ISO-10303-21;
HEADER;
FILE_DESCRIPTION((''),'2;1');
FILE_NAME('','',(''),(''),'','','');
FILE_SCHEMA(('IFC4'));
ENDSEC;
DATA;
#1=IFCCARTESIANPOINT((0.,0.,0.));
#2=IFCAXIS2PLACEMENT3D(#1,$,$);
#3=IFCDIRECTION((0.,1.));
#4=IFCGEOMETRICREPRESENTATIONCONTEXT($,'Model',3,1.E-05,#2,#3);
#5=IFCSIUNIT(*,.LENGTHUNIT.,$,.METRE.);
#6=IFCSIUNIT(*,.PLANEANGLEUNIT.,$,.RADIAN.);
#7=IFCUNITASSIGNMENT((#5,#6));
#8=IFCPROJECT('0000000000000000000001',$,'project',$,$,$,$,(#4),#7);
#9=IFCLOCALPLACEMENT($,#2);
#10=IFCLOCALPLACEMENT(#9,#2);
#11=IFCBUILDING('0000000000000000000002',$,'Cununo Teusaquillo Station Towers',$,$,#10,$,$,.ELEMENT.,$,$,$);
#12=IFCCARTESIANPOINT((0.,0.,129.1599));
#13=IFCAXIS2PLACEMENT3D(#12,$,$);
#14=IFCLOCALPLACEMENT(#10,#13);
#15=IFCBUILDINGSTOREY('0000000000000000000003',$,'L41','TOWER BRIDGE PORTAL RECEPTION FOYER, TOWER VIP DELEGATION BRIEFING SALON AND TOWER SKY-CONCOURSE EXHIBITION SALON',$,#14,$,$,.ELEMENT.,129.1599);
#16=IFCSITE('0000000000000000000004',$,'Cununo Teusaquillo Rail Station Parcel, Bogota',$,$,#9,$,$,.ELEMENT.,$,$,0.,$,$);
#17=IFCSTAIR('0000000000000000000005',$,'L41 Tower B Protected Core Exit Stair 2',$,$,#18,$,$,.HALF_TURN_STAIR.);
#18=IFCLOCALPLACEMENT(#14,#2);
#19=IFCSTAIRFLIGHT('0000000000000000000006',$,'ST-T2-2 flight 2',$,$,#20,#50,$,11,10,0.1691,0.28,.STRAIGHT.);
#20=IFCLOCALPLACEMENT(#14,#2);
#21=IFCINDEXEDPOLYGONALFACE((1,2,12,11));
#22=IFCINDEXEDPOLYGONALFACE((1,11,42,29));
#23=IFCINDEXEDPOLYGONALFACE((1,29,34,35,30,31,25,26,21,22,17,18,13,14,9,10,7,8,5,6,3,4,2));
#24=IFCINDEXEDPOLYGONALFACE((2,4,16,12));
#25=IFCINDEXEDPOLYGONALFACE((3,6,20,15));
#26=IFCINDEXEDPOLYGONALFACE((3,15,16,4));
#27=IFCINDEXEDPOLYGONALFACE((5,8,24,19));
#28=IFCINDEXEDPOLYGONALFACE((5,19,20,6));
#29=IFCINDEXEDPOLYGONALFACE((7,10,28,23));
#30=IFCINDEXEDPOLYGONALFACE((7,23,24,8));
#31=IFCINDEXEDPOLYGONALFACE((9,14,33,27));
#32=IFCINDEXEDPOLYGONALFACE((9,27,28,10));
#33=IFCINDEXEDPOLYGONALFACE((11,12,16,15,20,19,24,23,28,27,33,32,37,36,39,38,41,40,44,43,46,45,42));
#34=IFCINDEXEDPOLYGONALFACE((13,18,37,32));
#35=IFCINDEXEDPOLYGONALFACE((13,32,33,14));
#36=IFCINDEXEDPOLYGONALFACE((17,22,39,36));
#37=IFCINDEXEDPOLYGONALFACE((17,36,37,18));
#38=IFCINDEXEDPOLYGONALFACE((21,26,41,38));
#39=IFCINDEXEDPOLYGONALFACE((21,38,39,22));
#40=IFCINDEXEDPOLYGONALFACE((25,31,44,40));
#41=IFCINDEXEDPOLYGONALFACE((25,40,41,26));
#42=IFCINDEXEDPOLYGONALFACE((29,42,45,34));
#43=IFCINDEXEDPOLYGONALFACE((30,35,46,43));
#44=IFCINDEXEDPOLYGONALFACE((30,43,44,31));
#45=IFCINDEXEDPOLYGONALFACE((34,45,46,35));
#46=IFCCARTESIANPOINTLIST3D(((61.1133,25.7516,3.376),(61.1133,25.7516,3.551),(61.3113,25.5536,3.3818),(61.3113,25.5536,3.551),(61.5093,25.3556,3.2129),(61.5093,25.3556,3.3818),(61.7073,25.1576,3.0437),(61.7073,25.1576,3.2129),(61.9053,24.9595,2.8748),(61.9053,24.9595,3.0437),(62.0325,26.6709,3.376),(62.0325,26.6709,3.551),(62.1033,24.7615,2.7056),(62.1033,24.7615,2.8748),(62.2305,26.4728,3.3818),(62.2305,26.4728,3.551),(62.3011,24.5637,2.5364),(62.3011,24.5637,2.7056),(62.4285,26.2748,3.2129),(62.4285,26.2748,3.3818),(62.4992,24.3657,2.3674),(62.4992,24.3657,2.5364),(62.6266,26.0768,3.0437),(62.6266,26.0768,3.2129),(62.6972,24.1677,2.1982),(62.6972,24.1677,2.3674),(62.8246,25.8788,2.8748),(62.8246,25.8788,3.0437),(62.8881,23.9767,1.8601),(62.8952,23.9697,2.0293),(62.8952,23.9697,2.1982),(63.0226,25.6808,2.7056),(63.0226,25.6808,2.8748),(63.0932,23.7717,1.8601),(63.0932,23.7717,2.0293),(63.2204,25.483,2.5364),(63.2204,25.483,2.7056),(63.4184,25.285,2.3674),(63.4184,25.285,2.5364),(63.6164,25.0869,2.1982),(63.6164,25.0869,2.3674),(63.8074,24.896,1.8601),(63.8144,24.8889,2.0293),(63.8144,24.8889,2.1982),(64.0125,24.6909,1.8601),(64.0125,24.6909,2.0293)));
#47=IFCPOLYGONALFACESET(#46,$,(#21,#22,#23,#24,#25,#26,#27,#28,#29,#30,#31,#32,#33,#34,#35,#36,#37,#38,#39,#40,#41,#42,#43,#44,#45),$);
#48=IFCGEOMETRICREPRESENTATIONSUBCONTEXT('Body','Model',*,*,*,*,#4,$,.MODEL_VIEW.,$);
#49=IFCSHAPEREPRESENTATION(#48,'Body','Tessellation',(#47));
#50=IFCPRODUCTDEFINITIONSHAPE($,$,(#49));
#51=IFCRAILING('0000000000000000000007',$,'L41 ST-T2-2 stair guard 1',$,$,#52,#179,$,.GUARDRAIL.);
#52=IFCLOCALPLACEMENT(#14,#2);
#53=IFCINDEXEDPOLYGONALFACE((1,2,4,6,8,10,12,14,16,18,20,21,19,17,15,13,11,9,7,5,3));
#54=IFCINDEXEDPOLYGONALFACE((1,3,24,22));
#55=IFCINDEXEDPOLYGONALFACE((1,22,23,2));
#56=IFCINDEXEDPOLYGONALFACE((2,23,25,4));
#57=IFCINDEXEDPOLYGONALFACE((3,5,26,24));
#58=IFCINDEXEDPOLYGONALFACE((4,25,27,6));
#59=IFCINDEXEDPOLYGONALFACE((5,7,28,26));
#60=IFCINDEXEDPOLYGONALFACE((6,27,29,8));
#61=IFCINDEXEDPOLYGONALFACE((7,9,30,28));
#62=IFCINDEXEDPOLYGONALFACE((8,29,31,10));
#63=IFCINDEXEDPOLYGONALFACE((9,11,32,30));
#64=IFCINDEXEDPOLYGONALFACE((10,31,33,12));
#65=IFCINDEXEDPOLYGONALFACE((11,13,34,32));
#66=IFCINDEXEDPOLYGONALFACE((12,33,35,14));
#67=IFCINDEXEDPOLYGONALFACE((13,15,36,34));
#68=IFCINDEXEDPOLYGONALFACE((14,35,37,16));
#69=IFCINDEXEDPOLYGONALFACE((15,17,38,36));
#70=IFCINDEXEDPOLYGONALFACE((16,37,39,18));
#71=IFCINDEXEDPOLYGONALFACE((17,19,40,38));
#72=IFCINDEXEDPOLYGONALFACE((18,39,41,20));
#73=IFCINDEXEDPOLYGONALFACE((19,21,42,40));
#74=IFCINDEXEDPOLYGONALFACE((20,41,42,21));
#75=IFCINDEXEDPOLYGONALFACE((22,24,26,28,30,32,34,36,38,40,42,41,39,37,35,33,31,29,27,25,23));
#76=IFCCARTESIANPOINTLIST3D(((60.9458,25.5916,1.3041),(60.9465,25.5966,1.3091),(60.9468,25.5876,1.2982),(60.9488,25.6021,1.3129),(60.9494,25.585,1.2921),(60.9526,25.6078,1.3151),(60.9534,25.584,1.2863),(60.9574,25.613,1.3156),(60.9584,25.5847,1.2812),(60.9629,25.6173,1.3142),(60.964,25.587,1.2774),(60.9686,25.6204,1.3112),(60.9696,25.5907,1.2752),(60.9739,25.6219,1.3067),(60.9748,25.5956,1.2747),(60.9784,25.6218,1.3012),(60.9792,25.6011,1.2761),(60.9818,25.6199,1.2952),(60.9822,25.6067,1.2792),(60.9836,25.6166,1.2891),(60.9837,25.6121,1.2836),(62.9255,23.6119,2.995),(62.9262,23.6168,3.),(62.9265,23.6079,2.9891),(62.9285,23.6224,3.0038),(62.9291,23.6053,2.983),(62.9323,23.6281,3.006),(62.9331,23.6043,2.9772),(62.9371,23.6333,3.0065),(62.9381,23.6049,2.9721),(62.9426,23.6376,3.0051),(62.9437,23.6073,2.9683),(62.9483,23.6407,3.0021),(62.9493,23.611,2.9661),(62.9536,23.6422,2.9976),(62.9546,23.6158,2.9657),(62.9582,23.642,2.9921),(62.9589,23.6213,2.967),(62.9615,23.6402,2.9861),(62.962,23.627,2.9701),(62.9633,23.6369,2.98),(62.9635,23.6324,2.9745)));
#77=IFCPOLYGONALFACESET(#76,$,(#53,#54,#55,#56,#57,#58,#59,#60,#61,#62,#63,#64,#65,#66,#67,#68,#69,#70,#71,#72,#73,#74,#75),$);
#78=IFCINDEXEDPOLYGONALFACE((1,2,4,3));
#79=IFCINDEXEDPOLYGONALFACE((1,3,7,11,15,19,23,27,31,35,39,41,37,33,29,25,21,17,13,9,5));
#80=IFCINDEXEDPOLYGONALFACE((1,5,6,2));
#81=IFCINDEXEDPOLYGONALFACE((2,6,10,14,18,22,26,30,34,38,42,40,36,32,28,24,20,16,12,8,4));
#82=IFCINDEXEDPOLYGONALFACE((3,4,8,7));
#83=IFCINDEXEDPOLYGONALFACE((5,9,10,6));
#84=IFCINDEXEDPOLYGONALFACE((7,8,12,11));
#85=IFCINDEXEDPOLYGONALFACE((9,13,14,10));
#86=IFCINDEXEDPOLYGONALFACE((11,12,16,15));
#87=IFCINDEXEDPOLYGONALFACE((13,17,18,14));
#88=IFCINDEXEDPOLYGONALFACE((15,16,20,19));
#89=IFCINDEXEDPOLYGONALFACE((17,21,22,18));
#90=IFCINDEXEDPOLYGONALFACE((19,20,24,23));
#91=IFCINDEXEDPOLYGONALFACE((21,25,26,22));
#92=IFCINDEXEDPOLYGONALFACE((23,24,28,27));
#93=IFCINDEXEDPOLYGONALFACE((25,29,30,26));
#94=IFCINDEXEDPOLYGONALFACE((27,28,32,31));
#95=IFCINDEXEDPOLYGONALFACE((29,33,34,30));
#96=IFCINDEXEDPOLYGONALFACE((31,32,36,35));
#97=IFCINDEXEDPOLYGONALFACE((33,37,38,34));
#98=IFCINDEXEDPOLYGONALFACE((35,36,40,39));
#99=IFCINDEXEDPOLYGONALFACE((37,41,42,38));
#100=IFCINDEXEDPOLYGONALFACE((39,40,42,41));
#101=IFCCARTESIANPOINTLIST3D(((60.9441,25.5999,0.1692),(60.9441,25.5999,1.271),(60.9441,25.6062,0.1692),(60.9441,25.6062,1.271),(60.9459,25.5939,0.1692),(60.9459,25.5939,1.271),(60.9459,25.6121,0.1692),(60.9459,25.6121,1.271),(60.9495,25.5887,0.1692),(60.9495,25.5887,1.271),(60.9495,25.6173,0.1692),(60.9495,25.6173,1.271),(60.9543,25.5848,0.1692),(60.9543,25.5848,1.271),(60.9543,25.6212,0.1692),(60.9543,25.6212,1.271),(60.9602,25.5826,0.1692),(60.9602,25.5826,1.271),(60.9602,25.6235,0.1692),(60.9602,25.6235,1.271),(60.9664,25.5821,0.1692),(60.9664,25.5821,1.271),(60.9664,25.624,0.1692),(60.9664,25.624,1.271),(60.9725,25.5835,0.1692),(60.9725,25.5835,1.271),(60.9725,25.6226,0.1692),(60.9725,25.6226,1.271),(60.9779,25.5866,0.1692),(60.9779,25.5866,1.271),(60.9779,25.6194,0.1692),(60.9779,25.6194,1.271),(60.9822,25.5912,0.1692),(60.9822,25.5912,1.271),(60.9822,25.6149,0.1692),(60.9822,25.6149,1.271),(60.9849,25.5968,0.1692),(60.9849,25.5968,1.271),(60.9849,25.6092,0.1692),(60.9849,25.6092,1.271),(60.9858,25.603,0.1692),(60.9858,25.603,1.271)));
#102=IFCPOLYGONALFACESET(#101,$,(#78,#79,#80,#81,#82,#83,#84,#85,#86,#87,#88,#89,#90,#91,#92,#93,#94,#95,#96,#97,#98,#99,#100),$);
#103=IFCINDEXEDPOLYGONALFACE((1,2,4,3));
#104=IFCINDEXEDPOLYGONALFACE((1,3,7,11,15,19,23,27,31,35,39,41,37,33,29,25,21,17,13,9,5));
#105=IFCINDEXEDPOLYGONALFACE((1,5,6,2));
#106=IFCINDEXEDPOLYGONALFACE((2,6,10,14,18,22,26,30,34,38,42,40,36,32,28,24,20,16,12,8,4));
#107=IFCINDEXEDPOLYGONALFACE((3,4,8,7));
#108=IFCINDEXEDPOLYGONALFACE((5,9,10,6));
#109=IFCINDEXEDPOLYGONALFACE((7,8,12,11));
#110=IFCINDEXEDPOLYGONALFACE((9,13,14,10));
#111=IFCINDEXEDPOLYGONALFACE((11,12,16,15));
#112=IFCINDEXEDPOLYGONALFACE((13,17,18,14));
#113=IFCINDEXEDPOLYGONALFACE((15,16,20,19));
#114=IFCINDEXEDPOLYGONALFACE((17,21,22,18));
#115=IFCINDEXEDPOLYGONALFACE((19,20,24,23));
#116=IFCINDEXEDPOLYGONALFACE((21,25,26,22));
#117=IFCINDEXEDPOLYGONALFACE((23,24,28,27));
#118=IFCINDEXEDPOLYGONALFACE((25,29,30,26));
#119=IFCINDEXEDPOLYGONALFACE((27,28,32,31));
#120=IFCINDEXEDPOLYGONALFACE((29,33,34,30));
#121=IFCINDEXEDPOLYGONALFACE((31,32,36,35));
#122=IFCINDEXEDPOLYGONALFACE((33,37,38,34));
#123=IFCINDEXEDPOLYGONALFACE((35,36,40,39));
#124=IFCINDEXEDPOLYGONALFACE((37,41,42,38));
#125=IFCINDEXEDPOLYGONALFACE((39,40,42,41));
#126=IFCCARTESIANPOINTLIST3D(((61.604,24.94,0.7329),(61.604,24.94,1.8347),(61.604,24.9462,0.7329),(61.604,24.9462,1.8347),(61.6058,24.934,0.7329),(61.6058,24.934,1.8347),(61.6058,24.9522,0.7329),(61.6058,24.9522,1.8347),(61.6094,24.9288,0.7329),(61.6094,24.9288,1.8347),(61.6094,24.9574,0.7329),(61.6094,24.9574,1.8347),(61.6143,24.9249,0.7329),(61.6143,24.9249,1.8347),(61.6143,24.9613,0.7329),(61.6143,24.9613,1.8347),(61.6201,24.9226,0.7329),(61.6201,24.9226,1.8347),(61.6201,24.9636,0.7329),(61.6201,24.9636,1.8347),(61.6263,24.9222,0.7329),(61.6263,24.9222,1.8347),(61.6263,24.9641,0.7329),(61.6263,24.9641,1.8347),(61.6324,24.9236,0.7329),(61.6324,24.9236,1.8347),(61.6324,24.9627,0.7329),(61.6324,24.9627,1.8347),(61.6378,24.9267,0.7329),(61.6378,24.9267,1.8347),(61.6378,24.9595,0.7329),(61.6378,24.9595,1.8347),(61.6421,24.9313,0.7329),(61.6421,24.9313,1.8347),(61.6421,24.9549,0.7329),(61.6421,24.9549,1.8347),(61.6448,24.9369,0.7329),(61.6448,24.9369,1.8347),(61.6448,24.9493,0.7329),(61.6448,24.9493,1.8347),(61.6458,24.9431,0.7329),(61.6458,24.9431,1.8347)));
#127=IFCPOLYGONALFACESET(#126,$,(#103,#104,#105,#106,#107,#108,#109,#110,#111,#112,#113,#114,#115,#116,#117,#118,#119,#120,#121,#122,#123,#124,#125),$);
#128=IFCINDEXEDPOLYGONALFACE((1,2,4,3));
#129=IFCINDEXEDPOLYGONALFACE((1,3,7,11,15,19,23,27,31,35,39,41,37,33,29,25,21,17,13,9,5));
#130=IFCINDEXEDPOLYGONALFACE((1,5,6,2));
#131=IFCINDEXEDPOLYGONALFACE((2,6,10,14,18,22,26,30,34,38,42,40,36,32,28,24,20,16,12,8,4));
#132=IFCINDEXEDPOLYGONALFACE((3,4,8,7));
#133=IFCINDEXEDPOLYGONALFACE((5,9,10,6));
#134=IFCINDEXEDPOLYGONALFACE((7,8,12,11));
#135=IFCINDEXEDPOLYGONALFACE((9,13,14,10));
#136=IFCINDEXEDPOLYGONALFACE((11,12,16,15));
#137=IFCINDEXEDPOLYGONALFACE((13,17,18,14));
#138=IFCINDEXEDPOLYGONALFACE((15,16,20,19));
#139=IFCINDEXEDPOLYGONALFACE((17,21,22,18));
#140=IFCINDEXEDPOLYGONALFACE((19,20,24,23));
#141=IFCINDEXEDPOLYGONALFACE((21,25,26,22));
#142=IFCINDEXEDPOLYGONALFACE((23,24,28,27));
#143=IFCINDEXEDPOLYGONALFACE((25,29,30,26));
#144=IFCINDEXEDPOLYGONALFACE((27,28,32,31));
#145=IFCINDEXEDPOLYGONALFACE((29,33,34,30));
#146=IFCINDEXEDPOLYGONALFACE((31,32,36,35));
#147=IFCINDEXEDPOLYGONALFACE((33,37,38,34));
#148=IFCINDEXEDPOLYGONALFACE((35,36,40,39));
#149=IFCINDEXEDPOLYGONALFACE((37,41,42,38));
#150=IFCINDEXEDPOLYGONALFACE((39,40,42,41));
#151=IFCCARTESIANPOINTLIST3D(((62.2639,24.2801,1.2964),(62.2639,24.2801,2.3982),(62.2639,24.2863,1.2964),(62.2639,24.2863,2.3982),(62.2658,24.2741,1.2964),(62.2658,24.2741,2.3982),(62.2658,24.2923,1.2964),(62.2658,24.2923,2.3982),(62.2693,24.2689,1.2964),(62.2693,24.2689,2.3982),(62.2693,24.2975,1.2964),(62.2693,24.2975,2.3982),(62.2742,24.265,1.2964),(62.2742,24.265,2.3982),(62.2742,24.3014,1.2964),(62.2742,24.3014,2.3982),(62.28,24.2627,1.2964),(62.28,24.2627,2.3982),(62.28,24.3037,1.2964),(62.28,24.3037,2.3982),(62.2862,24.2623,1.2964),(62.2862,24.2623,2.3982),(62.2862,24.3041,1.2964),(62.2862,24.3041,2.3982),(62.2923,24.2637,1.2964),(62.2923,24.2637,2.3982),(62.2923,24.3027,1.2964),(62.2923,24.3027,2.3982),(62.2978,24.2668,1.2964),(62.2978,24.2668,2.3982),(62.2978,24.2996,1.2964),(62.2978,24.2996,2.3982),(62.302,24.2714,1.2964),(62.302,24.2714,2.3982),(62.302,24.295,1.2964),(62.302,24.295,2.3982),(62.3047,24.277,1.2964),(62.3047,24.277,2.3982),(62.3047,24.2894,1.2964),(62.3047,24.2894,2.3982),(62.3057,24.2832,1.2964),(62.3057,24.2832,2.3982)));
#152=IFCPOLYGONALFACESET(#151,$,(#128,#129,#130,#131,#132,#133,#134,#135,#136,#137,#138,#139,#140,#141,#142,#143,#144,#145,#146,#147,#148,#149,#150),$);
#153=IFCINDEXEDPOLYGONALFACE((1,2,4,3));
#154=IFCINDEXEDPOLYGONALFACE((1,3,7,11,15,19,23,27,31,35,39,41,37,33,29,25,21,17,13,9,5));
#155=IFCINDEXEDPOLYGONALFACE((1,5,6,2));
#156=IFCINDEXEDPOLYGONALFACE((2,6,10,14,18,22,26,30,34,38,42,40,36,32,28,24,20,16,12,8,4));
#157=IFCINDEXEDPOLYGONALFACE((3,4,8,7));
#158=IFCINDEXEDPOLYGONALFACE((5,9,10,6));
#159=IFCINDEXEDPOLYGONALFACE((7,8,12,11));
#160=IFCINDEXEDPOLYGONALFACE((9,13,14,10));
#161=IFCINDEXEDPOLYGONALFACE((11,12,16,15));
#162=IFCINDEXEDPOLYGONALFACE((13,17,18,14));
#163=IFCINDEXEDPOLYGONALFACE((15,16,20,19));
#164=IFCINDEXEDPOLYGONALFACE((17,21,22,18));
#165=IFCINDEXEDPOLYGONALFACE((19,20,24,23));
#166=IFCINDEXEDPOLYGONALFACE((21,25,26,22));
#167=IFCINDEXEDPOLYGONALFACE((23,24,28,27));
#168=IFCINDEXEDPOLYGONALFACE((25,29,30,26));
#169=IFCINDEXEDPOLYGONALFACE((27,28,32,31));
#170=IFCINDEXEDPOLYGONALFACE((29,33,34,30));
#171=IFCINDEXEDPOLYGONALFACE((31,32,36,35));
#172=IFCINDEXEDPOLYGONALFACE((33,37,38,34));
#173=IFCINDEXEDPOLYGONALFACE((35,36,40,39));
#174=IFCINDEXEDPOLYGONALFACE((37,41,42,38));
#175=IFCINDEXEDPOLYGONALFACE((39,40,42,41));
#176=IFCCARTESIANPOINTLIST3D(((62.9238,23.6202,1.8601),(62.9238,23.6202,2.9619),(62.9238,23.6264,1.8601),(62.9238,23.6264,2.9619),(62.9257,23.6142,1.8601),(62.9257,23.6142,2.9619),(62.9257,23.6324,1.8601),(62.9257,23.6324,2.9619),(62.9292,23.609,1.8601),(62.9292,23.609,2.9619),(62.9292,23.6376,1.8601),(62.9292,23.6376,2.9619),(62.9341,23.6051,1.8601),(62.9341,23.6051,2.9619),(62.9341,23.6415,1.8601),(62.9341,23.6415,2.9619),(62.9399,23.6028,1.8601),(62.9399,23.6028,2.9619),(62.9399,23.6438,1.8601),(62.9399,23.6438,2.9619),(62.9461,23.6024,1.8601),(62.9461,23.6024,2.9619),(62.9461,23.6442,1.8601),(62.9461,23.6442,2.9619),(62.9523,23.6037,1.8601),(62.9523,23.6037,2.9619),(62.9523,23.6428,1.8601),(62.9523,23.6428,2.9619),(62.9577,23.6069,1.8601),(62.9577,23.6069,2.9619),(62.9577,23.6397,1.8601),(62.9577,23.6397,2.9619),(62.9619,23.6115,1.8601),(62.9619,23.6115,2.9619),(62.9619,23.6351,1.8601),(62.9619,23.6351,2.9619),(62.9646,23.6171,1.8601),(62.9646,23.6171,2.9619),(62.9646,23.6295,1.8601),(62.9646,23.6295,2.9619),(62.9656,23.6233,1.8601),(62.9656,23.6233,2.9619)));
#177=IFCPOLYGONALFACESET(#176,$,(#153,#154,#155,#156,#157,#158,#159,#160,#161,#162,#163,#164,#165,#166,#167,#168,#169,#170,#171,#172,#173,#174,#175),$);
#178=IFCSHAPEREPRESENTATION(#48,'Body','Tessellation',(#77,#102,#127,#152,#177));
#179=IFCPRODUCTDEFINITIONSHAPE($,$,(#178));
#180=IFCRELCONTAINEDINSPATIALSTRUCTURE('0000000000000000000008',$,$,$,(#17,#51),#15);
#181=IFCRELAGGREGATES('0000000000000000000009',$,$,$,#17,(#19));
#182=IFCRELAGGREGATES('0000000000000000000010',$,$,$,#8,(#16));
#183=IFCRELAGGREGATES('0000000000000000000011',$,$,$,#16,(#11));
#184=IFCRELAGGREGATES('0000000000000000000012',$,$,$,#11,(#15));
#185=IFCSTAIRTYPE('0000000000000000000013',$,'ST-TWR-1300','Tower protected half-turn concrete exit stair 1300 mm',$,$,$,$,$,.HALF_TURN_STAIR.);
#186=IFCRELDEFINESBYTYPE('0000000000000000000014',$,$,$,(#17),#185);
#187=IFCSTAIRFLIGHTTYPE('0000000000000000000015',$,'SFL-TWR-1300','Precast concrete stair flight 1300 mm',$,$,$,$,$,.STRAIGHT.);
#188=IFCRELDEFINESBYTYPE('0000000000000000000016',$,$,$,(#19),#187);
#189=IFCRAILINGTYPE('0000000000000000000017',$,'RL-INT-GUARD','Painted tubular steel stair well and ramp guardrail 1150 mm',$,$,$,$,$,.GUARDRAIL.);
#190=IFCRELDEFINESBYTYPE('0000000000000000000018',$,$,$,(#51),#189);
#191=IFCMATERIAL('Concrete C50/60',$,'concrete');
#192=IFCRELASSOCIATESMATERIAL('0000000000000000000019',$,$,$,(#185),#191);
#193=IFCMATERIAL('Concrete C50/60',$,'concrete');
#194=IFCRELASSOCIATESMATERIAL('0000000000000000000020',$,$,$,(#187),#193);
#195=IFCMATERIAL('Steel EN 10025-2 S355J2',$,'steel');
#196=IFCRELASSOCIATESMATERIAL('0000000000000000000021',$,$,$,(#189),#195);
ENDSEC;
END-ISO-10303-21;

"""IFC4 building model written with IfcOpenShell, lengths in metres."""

from ifc_helpers import new_model, si_unit, direction, frame, origin, origin_2d, place, context, subcontext, project, spatial, polyline, circle, outline, extrude, material, type_object, element, aggregate, save


model = new_model("IFC4")

# Units and contexts
model_context = context("Model", 3, precision=1e-05, world=origin(), true_north=direction((0.0, 1.0)))
body_context = subcontext(model_context, "Body", "Model", "MODEL_VIEW")
ifc_project = project(units=[si_unit("LENGTHUNIT", "METRE"), si_unit("PLANEANGLEUNIT", "RADIAN")], contexts=[model_context])

# Site, building, storey
site_placement = place(None, origin())
site = spatial("IfcSite", under=ifc_project, at=site_placement, Name="Cununo Teusaquillo Rail Station Parcel, Bogota", CompositionType="ELEMENT", RefElevation=0.0)
building_placement = place(site_placement, origin())
building = spatial("IfcBuilding", under=site, at=building_placement, Name="Cununo Teusaquillo Station Towers", CompositionType="ELEMENT")
storey_placement = place(building_placement, frame((0.0, 0.0, 129.1599)))
storey = spatial("IfcBuildingStorey", under=building, at=storey_placement, Name="L41", Description="TOWER BRIDGE PORTAL RECEPTION FOYER, TOWER VIP DELEGATION BRIEFING SALON AND TOWER SKY-CONCOURSE EXHIBITION SALON", CompositionType="ELEMENT", Elevation=129.1599)

# Stair, stair flight
ifc_material_1 = material(Name="Concrete C50/60", Category="concrete")
stair_type = type_object("IfcStairType", Name="ST-TWR-1300", Description="Tower protected half-turn concrete exit stair 1300 mm", PredefinedType="HALF_TURN_STAIR", material=ifc_material_1)
stair_placement = place(storey_placement, origin())
stair = element("IfcStair", 1, at=stair_placement, inside=storey, type_object=stair_type, Name="L41 Tower B Protected Core Exit Stair 2", PredefinedType="HALF_TURN_STAIR")
ifc_material_2 = material(Name="Concrete C50/60", Category="concrete")
stair_flight_type = type_object("IfcStairFlightType", Name="SFL-TWR-1300", Description="Precast concrete stair flight 1300 mm", PredefinedType="STRAIGHT", material=ifc_material_2)
stair_flight_1_placement = place(storey_placement, frame((63.5527, 24.2312, 1.8601), z_axis=(0.0, 0.0, 1.0), x_axis=(-0.707107, 0.707107, 0.0)))
stair_flight_1 = element("IfcStairFlight", 2, at=stair_flight_1_placement, type_object=stair_flight_type, Name="ST-T2-2 flight 2", NumberOfRisers=11, NumberOfTreads=10, PredefinedType="STRAIGHT", RiserHeight=0.1691, TreadLength=0.28, context=body_context, shape_type="SweptSolid", body=[
    extrude(outline(polyline([(0.0, 0.0), (0.0, 0.1692), (0.28, 0.1692), (0.28, 0.3381), (0.5601, 0.3381), (0.5601, 0.5073), (0.8401, 0.5073), (0.8401, 0.6763), (1.1201, 0.6763), (1.1201, 0.8455), (1.3999, 0.8455), (1.3999, 1.0146), (1.6799, 1.0146), (1.6799, 1.1836), (1.96, 1.1836), (1.96, 1.3528), (2.24, 1.3528), (2.24, 1.5217), (2.52, 1.5217), (2.52, 1.6909), (2.8, 1.6909), (2.8, 1.8601), (2.8, 1.5159), (0.29, 0.0), (0.0, 0.0)])), frame((0.0, 0.6499, 0.0), z_axis=(0.0, -1.0, 0.0), x_axis=(1.0, 0.0, 0.0)), (0.0, 0.0, 1.0), 1.3),
])
aggregate(stair, [stair_flight_1])

# Railing
ifc_material_3 = material(Name="Steel EN 10025-2 S355J2", Category="steel")
railing_type_1 = type_object("IfcRailingType", Name="RL-INT-GUARD", Description="Painted tubular steel stair well and ramp guardrail 1150 mm", PredefinedType="GUARDRAIL", material=ifc_material_3)
railing_1_placement = place(storey_placement, frame((60.9648, 25.603, 0.1692)))
element("IfcRailing", 3, at=railing_1_placement, inside=storey, type_object=railing_type_1, Name="L41 ST-T2-2 stair guard 1", PredefinedType="GUARDRAIL", context=body_context, shape_type="SweptSolid", body=[
    extrude(circle(Radius=0.0239, at=origin_2d()), frame((0.0, 0.0, 1.126), z_axis=(0.605282, -0.605282, 0.516979), x_axis=(0.707107, 0.707107, 0.0)), (0.0, 0.0, 1.0), 3.2708),
    extrude(circle(Radius=0.021, at=origin_2d()), origin(), (0.0, 0.0, 1.0), 1.1018),
    extrude(circle(Radius=0.021, at=origin_2d()), frame((0.6599, -0.6599, 0.5637)), (0.0, 0.0, 1.0), 1.1018),
    extrude(circle(Radius=0.021, at=origin_2d()), frame((1.3198, -1.3198, 1.1272)), (0.0, 0.0, 1.0), 1.1018),
    extrude(circle(Radius=0.021, at=origin_2d()), frame((1.9797, -1.9797, 1.6909)), (0.0, 0.0, 1.0), 1.1018),
])

save(model, "model.ifc")
